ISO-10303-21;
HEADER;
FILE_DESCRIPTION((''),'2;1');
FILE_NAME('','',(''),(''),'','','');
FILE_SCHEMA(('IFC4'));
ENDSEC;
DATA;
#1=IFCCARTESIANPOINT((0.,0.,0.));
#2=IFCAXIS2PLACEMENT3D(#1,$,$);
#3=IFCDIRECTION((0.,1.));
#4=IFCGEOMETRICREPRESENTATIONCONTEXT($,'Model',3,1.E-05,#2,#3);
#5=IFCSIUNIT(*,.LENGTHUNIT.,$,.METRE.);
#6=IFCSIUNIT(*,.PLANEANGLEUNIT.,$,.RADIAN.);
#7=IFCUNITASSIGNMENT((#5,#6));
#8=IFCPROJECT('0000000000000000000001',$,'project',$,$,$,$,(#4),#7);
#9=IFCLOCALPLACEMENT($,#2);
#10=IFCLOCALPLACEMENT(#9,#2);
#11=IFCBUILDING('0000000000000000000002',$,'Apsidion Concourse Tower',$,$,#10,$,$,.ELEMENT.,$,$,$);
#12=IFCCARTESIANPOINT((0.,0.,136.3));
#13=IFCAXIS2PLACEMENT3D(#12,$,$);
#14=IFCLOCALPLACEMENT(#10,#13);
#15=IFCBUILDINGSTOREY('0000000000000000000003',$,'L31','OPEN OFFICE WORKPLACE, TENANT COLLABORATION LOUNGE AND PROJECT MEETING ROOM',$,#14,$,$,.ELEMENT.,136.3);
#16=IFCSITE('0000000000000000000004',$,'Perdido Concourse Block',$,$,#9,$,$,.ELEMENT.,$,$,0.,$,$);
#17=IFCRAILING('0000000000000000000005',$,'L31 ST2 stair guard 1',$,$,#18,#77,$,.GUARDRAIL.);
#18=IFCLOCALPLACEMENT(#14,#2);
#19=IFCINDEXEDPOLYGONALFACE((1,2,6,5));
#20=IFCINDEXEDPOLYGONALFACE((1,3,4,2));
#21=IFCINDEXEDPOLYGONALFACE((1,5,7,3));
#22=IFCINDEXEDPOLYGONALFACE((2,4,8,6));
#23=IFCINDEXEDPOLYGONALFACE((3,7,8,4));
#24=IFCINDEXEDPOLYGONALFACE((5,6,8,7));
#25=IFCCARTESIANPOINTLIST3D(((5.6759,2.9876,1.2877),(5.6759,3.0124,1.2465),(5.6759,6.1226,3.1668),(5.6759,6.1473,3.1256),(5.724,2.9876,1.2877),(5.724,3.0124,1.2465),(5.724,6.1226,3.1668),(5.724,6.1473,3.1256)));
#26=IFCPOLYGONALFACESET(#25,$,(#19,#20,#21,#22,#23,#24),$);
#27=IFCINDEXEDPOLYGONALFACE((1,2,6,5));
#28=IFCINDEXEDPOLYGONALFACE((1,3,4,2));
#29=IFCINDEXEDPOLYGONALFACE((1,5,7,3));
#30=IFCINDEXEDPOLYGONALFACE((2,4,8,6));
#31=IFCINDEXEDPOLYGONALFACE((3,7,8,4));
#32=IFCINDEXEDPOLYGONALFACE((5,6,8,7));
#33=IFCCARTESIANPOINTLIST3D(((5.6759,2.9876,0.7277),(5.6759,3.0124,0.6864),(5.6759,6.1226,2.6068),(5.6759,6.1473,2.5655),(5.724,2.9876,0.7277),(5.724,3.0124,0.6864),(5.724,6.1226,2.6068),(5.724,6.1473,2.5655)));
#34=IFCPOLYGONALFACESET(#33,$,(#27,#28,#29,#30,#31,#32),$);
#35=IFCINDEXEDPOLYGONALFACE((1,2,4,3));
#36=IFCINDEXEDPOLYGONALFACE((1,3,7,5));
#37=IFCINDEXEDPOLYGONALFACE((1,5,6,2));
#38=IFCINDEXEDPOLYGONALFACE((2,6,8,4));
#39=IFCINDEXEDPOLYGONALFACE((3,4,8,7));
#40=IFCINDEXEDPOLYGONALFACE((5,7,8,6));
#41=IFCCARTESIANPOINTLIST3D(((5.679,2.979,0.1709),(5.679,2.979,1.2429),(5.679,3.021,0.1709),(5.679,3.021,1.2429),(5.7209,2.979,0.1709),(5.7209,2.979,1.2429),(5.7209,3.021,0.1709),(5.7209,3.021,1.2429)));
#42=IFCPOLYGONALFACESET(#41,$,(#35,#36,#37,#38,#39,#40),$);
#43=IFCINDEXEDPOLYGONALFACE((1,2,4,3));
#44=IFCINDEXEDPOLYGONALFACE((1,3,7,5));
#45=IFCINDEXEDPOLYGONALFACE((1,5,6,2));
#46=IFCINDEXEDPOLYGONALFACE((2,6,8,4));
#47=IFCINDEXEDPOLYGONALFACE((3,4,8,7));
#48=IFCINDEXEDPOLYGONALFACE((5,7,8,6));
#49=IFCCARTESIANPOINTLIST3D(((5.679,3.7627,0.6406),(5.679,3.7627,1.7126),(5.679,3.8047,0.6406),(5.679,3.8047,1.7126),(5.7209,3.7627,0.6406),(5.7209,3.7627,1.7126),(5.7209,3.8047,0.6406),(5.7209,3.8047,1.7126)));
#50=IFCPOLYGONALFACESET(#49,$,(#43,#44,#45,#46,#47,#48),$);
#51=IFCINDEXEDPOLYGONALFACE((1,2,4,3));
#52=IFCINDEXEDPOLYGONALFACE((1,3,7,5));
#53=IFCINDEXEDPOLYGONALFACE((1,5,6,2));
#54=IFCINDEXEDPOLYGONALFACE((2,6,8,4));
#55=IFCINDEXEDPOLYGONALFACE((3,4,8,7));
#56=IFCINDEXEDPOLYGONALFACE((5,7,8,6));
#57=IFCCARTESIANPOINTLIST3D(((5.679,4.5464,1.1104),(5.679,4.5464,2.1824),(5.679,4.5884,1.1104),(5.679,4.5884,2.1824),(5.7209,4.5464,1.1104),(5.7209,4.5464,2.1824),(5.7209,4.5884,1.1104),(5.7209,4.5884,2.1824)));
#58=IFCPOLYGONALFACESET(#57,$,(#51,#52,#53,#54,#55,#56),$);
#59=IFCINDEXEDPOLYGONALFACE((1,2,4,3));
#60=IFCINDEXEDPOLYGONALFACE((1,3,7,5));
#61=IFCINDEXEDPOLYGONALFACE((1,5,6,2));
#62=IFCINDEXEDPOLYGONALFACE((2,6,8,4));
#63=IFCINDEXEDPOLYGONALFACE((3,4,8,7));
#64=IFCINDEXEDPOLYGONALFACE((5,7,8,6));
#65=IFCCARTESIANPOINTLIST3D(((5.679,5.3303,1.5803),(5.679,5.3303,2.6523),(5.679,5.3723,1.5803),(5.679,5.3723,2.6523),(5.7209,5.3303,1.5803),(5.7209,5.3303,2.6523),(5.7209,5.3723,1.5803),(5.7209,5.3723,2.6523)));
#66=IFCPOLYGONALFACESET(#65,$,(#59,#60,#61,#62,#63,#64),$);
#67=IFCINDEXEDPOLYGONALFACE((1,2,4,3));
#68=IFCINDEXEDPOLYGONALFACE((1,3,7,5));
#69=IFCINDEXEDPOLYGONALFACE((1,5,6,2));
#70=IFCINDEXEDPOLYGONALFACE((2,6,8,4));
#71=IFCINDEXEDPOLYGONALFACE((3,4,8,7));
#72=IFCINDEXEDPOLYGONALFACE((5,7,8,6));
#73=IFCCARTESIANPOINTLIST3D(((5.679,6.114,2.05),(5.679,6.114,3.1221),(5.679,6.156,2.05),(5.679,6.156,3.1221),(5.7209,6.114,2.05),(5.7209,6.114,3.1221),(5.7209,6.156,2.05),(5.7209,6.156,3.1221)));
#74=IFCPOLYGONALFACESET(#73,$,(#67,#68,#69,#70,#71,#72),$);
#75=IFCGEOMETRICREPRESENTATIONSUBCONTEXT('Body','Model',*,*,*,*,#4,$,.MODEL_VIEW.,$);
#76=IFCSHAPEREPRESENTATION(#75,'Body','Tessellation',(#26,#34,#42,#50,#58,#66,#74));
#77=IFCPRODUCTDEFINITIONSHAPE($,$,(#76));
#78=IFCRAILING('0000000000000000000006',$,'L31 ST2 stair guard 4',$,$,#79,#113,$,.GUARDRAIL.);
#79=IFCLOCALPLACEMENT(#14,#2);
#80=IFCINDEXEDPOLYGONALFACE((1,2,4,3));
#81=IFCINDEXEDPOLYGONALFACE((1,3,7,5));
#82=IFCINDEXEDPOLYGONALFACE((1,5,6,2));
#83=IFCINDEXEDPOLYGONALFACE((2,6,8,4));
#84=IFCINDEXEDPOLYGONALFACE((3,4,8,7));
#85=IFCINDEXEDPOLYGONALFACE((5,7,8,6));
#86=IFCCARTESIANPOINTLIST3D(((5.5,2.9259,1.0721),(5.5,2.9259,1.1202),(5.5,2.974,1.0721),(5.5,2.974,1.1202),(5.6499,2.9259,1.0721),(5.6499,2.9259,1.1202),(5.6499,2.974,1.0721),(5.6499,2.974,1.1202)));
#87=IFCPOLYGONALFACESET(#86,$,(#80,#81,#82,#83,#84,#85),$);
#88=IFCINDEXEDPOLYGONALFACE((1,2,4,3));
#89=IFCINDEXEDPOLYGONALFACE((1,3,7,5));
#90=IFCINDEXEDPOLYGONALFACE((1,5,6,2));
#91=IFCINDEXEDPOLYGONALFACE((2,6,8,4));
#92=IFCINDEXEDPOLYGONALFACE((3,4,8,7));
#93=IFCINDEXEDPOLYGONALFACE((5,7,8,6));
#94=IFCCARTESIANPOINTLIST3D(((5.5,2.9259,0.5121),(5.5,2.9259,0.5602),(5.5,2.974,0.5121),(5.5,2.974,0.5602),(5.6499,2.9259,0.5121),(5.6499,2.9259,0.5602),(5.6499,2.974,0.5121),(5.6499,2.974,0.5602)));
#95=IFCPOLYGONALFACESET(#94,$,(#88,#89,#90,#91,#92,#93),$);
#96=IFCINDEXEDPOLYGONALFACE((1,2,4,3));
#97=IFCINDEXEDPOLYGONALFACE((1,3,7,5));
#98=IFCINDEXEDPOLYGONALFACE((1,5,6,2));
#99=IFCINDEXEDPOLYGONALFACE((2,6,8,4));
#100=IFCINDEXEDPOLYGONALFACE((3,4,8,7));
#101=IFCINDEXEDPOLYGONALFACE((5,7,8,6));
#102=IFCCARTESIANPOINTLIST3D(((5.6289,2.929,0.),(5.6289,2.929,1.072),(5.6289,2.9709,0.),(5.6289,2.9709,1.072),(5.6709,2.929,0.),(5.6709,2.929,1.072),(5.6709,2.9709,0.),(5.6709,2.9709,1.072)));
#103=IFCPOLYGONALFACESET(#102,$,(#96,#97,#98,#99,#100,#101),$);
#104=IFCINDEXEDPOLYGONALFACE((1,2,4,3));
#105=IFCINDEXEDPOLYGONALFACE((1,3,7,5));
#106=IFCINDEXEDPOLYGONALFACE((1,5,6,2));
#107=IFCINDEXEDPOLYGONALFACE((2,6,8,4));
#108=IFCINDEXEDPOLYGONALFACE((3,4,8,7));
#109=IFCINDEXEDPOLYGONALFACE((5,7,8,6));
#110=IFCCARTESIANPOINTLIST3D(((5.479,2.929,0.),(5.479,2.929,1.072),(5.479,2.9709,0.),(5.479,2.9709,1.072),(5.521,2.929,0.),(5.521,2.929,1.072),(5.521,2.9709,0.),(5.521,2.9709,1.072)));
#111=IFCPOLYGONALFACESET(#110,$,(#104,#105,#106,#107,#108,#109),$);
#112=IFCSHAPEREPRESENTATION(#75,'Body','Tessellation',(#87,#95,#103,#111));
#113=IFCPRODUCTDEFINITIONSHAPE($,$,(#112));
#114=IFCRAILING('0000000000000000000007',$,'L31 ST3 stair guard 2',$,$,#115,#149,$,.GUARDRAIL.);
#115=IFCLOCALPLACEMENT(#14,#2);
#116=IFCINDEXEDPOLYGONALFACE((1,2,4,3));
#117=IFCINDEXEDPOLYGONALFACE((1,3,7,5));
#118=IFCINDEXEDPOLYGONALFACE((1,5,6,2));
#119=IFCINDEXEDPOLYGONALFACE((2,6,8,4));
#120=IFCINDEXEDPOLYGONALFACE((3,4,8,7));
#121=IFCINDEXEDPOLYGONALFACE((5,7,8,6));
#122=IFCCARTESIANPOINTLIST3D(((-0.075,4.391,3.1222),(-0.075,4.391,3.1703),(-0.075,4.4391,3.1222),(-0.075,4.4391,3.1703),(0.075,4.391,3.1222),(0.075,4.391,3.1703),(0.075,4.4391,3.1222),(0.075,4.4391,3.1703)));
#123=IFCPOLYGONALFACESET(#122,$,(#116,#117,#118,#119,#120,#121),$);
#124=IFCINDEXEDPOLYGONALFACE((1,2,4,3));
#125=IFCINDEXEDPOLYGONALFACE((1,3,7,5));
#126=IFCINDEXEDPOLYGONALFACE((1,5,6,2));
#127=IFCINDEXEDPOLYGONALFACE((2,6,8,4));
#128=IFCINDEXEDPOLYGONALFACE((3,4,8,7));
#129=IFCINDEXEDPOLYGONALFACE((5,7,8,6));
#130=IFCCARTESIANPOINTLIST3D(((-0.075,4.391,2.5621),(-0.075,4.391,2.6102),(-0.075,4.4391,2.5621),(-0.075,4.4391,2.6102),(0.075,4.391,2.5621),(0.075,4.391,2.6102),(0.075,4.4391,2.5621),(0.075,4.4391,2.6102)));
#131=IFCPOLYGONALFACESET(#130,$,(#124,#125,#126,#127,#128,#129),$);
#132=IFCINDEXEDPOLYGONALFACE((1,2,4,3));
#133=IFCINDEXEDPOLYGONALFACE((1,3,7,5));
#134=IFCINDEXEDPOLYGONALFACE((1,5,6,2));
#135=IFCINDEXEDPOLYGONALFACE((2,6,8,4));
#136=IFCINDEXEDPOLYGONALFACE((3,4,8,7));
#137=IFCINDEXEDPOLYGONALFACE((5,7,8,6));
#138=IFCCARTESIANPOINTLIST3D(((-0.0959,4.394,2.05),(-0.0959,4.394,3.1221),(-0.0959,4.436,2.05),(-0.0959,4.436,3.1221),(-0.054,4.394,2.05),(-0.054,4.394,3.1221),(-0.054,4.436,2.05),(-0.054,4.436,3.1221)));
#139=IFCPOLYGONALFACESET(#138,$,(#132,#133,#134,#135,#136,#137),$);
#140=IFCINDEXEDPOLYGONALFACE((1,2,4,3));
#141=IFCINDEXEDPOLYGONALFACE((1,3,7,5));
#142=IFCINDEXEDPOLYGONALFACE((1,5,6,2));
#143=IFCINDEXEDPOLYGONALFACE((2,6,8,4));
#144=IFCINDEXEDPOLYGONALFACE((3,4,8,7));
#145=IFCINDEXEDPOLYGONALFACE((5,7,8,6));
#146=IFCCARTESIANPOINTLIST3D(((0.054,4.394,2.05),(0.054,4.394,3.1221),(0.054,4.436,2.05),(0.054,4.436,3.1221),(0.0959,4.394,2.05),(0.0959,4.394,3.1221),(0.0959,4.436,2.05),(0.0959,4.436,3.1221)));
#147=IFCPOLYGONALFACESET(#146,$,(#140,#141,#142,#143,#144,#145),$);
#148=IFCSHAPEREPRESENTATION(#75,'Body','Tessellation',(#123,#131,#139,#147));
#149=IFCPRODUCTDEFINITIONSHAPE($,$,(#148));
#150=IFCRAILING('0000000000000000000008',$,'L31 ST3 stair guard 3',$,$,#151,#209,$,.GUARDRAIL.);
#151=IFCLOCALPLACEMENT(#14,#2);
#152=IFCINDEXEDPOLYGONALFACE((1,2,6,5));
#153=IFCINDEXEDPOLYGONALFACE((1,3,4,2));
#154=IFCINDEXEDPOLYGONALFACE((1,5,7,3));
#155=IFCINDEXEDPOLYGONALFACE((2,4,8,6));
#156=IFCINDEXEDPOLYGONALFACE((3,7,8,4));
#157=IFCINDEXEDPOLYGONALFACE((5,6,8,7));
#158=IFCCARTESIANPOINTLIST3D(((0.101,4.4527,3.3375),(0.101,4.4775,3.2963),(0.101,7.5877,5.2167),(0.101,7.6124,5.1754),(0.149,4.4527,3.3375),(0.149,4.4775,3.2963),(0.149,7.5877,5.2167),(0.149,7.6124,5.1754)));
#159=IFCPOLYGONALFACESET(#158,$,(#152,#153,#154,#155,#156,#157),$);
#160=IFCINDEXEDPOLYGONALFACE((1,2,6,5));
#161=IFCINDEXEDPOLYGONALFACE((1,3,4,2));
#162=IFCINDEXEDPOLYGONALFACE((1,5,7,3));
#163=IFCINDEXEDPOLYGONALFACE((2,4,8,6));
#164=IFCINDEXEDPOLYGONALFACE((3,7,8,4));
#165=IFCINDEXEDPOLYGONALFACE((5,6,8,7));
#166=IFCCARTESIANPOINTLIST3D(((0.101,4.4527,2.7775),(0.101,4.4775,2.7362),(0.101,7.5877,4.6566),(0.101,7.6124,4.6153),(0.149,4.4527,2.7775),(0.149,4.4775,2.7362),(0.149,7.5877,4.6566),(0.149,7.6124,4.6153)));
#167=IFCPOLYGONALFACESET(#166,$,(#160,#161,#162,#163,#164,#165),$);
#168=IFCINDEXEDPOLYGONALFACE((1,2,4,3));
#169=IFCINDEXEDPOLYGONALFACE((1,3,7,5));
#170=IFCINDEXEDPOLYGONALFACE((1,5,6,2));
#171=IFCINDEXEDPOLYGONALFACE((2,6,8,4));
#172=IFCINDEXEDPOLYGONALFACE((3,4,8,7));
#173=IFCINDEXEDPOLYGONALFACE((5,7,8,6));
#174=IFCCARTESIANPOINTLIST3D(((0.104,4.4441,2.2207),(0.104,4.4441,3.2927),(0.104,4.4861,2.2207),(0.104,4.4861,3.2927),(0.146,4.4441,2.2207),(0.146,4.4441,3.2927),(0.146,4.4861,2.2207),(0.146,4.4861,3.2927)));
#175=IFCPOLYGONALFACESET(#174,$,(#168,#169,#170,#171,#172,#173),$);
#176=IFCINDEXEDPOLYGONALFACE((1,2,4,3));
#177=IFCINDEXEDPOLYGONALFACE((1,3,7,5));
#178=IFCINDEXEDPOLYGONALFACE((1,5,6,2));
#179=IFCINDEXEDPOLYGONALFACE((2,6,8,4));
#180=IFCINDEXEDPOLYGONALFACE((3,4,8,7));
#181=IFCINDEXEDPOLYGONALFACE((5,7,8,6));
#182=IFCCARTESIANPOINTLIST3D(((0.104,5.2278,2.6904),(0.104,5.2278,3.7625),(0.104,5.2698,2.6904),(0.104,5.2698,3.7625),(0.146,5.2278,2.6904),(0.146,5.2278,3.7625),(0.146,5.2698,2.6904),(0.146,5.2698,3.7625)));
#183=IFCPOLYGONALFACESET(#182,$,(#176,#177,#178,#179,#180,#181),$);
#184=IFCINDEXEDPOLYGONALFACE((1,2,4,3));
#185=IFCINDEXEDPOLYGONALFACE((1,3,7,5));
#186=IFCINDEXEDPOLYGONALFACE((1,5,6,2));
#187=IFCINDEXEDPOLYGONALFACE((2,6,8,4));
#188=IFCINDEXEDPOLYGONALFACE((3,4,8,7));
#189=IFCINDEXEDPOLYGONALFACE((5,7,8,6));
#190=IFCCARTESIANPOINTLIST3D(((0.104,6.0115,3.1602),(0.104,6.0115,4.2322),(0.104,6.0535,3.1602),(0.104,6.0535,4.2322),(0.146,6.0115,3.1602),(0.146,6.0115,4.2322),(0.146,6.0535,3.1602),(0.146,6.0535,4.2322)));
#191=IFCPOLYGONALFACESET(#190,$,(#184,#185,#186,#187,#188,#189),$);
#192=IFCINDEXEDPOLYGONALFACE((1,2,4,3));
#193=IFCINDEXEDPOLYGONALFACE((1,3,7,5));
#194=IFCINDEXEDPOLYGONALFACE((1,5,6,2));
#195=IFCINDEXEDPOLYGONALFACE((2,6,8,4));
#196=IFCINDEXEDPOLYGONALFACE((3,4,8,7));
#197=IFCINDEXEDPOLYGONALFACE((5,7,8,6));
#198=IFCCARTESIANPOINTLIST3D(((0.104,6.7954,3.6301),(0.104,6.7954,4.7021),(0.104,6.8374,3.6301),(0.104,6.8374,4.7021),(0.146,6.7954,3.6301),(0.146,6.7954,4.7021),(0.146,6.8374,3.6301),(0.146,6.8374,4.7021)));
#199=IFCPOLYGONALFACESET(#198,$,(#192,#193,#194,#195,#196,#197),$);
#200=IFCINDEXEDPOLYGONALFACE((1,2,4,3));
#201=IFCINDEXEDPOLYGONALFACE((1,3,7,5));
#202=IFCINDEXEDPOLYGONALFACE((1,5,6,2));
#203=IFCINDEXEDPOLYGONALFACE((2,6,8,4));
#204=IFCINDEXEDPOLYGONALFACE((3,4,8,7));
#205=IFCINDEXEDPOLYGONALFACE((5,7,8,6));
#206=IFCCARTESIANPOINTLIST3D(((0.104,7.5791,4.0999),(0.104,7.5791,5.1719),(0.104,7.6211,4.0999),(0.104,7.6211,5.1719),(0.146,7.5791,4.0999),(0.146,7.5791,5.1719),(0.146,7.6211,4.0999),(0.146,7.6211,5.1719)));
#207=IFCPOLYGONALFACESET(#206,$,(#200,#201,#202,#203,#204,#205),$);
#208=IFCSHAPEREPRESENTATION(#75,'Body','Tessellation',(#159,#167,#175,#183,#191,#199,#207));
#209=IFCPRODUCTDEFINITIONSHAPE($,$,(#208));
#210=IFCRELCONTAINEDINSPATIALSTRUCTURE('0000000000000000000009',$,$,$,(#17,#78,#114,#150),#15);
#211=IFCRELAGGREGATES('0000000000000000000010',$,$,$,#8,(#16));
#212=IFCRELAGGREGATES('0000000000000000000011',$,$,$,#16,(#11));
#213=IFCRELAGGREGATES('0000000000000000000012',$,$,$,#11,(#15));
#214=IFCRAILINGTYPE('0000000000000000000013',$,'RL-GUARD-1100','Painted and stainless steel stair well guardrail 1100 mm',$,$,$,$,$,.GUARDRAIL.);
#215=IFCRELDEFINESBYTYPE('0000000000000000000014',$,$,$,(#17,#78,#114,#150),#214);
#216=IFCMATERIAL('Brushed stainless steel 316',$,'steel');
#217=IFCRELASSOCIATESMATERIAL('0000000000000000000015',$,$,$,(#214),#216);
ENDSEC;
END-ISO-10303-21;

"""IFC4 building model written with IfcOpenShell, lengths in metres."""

from ifc_helpers import new_model, si_unit, direction, frame, origin, origin_2d, place, context, subcontext, project, spatial, rectangle, extrude, material, type_object, element, save


model = new_model("IFC4")

# Units and contexts
model_context = context("Model", 3, precision=1e-05, world=origin(), true_north=direction((0.0, 1.0)))
body_context = subcontext(model_context, "Body", "Model", "MODEL_VIEW")
ifc_project = project(units=[si_unit("LENGTHUNIT", "METRE"), si_unit("PLANEANGLEUNIT", "RADIAN")], contexts=[model_context])

# Site, building, storey
site_placement = place(None, origin())
site = spatial("IfcSite", under=ifc_project, at=site_placement, Name="Perdido Concourse Block", CompositionType="ELEMENT", RefElevation=0.0)
building_placement = place(site_placement, origin())
building = spatial("IfcBuilding", under=site, at=building_placement, Name="Apsidion Concourse Tower", CompositionType="ELEMENT")
storey_placement = place(building_placement, frame((0.0, 0.0, 136.3)))
storey = spatial("IfcBuildingStorey", under=building, at=storey_placement, Name="L31", Description="OPEN OFFICE WORKPLACE, TENANT COLLABORATION LOUNGE AND PROJECT MEETING ROOM", CompositionType="ELEMENT", Elevation=136.3)

# Shared definitions
ifc_material_1 = material(Name="Brushed stainless steel 316", Category="steel")

# Railings
railing_type_1 = type_object("IfcRailingType", Name="RL-GUARD-1100", Description="Painted and stainless steel stair well guardrail 1100 mm", PredefinedType="GUARDRAIL", material=ifc_material_1)
railing_1_placement = place(storey_placement, frame((5.7, 3.0, 0.1709)))
element("IfcRailing", 1, at=railing_1_placement, inside=storey, type_object=railing_type_1, Name="L31 ST2 stair guard 1", PredefinedType="GUARDRAIL", context=body_context, shape_type="SweptSolid", body=[
    extrude(rectangle(XDim=0.0481, YDim=0.0481, at=origin_2d()), frame((0.0, 0.0, 1.0962), z_axis=(0.0, 0.857717, 0.514122), x_axis=(-1.0, 0.0, 0.0)), (0.0, 0.0, 1.0), 3.655),
    extrude(rectangle(XDim=0.0481, YDim=0.0481, at=origin_2d()), frame((0.0, 0.0, 0.5361), z_axis=(0.0, 0.857717, 0.514122), x_axis=(-1.0, 0.0, 0.0)), (0.0, 0.0, 1.0), 3.655),
    extrude(rectangle(XDim=0.042, YDim=0.042, at=origin_2d()), origin(), (0.0, 0.0, 1.0), 1.072),
    extrude(rectangle(XDim=0.042, YDim=0.042, at=origin_2d()), frame((0.0, 0.7837, 0.4697)), (0.0, 0.0, 1.0), 1.072),
    extrude(rectangle(XDim=0.042, YDim=0.042, at=origin_2d()), frame((0.0, 1.5674, 0.9395)), (0.0, 0.0, 1.0), 1.072),
    extrude(rectangle(XDim=0.042, YDim=0.042, at=origin_2d()), frame((0.0, 2.3513, 1.4094)), (0.0, 0.0, 1.0), 1.072),
    extrude(rectangle(XDim=0.042, YDim=0.042, at=origin_2d()), frame((0.0, 3.135, 1.8792)), (0.0, 0.0, 1.0), 1.072),
])
railing_2_placement = place(storey_placement, frame((5.6499, 2.95, 0.0)))
element("IfcRailing", 2, at=railing_2_placement, inside=storey, type_object=railing_type_1, Name="L31 ST2 stair guard 4", PredefinedType="GUARDRAIL", context=body_context, shape_type="SweptSolid", body=[
    extrude(rectangle(XDim=0.0481, YDim=0.0481, at=origin_2d()), frame((0.0, 0.0, 1.0962), z_axis=(-1.0, 0.0, 0.0), x_axis=(0.0, -1.0, 0.0)), (0.0, 0.0, 1.0), 0.1499),
    extrude(rectangle(XDim=0.0481, YDim=0.0481, at=origin_2d()), frame((0.0, 0.0, 0.5361), z_axis=(-1.0, 0.0, 0.0), x_axis=(0.0, -1.0, 0.0)), (0.0, 0.0, 1.0), 0.1499),
    extrude(rectangle(XDim=0.042, YDim=0.042, at=origin_2d()), origin(), (0.0, 0.0, 1.0), 1.072),
    extrude(rectangle(XDim=0.042, YDim=0.042, at=origin_2d()), frame((-0.1499, 0.0, 0.0)), (0.0, 0.0, 1.0), 1.072),
])
railing_3_placement = place(storey_placement, frame((-0.075, 4.415, 2.05)))
element("IfcRailing", 3, at=railing_3_placement, inside=storey, type_object=railing_type_1, Name="L31 ST3 stair guard 2", PredefinedType="GUARDRAIL", context=body_context, shape_type="SweptSolid", body=[
    extrude(rectangle(XDim=0.0481, YDim=0.0481, at=origin_2d()), frame((0.0, 0.0, 1.0962), z_axis=(1.0, 0.0, 0.0), x_axis=(0.0, 1.0, 0.0)), (0.0, 0.0, 1.0), 0.1499),
    extrude(rectangle(XDim=0.0481, YDim=0.0481, at=origin_2d()), frame((0.0, 0.0, 0.5361), z_axis=(1.0, 0.0, 0.0), x_axis=(0.0, 1.0, 0.0)), (0.0, 0.0, 1.0), 0.1499),
    extrude(rectangle(XDim=0.042, YDim=0.042, at=origin_2d()), origin(), (0.0, 0.0, 1.0), 1.072),
    extrude(rectangle(XDim=0.042, YDim=0.042, at=origin_2d()), frame((0.1499, 0.0, 0.0)), (0.0, 0.0, 1.0), 1.072),
])
railing_4_placement = place(storey_placement, frame((0.125, 4.4651, 2.2207)))
element("IfcRailing", 4, at=railing_4_placement, inside=storey, type_object=railing_type_1, Name="L31 ST3 stair guard 3", PredefinedType="GUARDRAIL", context=body_context, shape_type="SweptSolid", body=[
    extrude(rectangle(XDim=0.0481, YDim=0.0481, at=origin_2d()), frame((0.0, 0.0, 1.0962), z_axis=(0.0, 0.857717, 0.514122), x_axis=(-1.0, 0.0, 0.0)), (0.0, 0.0, 1.0), 3.655),
    extrude(rectangle(XDim=0.0481, YDim=0.0481, at=origin_2d()), frame((0.0, 0.0, 0.5361), z_axis=(0.0, 0.857717, 0.514122), x_axis=(-1.0, 0.0, 0.0)), (0.0, 0.0, 1.0), 3.655),
    extrude(rectangle(XDim=0.042, YDim=0.042, at=origin_2d()), origin(), (0.0, 0.0, 1.0), 1.072),
    extrude(rectangle(XDim=0.042, YDim=0.042, at=origin_2d()), frame((0.0, 0.7837, 0.4697)), (0.0, 0.0, 1.0), 1.072),
    extrude(rectangle(XDim=0.042, YDim=0.042, at=origin_2d()), frame((0.0, 1.5674, 0.9395)), (0.0, 0.0, 1.0), 1.072),
    extrude(rectangle(XDim=0.042, YDim=0.042, at=origin_2d()), frame((0.0, 2.3513, 1.4094)), (0.0, 0.0, 1.0), 1.072),
    extrude(rectangle(XDim=0.042, YDim=0.042, at=origin_2d()), frame((0.0, 3.135, 1.8792)), (0.0, 0.0, 1.0), 1.072),
])

save(model, "model.ifc")
